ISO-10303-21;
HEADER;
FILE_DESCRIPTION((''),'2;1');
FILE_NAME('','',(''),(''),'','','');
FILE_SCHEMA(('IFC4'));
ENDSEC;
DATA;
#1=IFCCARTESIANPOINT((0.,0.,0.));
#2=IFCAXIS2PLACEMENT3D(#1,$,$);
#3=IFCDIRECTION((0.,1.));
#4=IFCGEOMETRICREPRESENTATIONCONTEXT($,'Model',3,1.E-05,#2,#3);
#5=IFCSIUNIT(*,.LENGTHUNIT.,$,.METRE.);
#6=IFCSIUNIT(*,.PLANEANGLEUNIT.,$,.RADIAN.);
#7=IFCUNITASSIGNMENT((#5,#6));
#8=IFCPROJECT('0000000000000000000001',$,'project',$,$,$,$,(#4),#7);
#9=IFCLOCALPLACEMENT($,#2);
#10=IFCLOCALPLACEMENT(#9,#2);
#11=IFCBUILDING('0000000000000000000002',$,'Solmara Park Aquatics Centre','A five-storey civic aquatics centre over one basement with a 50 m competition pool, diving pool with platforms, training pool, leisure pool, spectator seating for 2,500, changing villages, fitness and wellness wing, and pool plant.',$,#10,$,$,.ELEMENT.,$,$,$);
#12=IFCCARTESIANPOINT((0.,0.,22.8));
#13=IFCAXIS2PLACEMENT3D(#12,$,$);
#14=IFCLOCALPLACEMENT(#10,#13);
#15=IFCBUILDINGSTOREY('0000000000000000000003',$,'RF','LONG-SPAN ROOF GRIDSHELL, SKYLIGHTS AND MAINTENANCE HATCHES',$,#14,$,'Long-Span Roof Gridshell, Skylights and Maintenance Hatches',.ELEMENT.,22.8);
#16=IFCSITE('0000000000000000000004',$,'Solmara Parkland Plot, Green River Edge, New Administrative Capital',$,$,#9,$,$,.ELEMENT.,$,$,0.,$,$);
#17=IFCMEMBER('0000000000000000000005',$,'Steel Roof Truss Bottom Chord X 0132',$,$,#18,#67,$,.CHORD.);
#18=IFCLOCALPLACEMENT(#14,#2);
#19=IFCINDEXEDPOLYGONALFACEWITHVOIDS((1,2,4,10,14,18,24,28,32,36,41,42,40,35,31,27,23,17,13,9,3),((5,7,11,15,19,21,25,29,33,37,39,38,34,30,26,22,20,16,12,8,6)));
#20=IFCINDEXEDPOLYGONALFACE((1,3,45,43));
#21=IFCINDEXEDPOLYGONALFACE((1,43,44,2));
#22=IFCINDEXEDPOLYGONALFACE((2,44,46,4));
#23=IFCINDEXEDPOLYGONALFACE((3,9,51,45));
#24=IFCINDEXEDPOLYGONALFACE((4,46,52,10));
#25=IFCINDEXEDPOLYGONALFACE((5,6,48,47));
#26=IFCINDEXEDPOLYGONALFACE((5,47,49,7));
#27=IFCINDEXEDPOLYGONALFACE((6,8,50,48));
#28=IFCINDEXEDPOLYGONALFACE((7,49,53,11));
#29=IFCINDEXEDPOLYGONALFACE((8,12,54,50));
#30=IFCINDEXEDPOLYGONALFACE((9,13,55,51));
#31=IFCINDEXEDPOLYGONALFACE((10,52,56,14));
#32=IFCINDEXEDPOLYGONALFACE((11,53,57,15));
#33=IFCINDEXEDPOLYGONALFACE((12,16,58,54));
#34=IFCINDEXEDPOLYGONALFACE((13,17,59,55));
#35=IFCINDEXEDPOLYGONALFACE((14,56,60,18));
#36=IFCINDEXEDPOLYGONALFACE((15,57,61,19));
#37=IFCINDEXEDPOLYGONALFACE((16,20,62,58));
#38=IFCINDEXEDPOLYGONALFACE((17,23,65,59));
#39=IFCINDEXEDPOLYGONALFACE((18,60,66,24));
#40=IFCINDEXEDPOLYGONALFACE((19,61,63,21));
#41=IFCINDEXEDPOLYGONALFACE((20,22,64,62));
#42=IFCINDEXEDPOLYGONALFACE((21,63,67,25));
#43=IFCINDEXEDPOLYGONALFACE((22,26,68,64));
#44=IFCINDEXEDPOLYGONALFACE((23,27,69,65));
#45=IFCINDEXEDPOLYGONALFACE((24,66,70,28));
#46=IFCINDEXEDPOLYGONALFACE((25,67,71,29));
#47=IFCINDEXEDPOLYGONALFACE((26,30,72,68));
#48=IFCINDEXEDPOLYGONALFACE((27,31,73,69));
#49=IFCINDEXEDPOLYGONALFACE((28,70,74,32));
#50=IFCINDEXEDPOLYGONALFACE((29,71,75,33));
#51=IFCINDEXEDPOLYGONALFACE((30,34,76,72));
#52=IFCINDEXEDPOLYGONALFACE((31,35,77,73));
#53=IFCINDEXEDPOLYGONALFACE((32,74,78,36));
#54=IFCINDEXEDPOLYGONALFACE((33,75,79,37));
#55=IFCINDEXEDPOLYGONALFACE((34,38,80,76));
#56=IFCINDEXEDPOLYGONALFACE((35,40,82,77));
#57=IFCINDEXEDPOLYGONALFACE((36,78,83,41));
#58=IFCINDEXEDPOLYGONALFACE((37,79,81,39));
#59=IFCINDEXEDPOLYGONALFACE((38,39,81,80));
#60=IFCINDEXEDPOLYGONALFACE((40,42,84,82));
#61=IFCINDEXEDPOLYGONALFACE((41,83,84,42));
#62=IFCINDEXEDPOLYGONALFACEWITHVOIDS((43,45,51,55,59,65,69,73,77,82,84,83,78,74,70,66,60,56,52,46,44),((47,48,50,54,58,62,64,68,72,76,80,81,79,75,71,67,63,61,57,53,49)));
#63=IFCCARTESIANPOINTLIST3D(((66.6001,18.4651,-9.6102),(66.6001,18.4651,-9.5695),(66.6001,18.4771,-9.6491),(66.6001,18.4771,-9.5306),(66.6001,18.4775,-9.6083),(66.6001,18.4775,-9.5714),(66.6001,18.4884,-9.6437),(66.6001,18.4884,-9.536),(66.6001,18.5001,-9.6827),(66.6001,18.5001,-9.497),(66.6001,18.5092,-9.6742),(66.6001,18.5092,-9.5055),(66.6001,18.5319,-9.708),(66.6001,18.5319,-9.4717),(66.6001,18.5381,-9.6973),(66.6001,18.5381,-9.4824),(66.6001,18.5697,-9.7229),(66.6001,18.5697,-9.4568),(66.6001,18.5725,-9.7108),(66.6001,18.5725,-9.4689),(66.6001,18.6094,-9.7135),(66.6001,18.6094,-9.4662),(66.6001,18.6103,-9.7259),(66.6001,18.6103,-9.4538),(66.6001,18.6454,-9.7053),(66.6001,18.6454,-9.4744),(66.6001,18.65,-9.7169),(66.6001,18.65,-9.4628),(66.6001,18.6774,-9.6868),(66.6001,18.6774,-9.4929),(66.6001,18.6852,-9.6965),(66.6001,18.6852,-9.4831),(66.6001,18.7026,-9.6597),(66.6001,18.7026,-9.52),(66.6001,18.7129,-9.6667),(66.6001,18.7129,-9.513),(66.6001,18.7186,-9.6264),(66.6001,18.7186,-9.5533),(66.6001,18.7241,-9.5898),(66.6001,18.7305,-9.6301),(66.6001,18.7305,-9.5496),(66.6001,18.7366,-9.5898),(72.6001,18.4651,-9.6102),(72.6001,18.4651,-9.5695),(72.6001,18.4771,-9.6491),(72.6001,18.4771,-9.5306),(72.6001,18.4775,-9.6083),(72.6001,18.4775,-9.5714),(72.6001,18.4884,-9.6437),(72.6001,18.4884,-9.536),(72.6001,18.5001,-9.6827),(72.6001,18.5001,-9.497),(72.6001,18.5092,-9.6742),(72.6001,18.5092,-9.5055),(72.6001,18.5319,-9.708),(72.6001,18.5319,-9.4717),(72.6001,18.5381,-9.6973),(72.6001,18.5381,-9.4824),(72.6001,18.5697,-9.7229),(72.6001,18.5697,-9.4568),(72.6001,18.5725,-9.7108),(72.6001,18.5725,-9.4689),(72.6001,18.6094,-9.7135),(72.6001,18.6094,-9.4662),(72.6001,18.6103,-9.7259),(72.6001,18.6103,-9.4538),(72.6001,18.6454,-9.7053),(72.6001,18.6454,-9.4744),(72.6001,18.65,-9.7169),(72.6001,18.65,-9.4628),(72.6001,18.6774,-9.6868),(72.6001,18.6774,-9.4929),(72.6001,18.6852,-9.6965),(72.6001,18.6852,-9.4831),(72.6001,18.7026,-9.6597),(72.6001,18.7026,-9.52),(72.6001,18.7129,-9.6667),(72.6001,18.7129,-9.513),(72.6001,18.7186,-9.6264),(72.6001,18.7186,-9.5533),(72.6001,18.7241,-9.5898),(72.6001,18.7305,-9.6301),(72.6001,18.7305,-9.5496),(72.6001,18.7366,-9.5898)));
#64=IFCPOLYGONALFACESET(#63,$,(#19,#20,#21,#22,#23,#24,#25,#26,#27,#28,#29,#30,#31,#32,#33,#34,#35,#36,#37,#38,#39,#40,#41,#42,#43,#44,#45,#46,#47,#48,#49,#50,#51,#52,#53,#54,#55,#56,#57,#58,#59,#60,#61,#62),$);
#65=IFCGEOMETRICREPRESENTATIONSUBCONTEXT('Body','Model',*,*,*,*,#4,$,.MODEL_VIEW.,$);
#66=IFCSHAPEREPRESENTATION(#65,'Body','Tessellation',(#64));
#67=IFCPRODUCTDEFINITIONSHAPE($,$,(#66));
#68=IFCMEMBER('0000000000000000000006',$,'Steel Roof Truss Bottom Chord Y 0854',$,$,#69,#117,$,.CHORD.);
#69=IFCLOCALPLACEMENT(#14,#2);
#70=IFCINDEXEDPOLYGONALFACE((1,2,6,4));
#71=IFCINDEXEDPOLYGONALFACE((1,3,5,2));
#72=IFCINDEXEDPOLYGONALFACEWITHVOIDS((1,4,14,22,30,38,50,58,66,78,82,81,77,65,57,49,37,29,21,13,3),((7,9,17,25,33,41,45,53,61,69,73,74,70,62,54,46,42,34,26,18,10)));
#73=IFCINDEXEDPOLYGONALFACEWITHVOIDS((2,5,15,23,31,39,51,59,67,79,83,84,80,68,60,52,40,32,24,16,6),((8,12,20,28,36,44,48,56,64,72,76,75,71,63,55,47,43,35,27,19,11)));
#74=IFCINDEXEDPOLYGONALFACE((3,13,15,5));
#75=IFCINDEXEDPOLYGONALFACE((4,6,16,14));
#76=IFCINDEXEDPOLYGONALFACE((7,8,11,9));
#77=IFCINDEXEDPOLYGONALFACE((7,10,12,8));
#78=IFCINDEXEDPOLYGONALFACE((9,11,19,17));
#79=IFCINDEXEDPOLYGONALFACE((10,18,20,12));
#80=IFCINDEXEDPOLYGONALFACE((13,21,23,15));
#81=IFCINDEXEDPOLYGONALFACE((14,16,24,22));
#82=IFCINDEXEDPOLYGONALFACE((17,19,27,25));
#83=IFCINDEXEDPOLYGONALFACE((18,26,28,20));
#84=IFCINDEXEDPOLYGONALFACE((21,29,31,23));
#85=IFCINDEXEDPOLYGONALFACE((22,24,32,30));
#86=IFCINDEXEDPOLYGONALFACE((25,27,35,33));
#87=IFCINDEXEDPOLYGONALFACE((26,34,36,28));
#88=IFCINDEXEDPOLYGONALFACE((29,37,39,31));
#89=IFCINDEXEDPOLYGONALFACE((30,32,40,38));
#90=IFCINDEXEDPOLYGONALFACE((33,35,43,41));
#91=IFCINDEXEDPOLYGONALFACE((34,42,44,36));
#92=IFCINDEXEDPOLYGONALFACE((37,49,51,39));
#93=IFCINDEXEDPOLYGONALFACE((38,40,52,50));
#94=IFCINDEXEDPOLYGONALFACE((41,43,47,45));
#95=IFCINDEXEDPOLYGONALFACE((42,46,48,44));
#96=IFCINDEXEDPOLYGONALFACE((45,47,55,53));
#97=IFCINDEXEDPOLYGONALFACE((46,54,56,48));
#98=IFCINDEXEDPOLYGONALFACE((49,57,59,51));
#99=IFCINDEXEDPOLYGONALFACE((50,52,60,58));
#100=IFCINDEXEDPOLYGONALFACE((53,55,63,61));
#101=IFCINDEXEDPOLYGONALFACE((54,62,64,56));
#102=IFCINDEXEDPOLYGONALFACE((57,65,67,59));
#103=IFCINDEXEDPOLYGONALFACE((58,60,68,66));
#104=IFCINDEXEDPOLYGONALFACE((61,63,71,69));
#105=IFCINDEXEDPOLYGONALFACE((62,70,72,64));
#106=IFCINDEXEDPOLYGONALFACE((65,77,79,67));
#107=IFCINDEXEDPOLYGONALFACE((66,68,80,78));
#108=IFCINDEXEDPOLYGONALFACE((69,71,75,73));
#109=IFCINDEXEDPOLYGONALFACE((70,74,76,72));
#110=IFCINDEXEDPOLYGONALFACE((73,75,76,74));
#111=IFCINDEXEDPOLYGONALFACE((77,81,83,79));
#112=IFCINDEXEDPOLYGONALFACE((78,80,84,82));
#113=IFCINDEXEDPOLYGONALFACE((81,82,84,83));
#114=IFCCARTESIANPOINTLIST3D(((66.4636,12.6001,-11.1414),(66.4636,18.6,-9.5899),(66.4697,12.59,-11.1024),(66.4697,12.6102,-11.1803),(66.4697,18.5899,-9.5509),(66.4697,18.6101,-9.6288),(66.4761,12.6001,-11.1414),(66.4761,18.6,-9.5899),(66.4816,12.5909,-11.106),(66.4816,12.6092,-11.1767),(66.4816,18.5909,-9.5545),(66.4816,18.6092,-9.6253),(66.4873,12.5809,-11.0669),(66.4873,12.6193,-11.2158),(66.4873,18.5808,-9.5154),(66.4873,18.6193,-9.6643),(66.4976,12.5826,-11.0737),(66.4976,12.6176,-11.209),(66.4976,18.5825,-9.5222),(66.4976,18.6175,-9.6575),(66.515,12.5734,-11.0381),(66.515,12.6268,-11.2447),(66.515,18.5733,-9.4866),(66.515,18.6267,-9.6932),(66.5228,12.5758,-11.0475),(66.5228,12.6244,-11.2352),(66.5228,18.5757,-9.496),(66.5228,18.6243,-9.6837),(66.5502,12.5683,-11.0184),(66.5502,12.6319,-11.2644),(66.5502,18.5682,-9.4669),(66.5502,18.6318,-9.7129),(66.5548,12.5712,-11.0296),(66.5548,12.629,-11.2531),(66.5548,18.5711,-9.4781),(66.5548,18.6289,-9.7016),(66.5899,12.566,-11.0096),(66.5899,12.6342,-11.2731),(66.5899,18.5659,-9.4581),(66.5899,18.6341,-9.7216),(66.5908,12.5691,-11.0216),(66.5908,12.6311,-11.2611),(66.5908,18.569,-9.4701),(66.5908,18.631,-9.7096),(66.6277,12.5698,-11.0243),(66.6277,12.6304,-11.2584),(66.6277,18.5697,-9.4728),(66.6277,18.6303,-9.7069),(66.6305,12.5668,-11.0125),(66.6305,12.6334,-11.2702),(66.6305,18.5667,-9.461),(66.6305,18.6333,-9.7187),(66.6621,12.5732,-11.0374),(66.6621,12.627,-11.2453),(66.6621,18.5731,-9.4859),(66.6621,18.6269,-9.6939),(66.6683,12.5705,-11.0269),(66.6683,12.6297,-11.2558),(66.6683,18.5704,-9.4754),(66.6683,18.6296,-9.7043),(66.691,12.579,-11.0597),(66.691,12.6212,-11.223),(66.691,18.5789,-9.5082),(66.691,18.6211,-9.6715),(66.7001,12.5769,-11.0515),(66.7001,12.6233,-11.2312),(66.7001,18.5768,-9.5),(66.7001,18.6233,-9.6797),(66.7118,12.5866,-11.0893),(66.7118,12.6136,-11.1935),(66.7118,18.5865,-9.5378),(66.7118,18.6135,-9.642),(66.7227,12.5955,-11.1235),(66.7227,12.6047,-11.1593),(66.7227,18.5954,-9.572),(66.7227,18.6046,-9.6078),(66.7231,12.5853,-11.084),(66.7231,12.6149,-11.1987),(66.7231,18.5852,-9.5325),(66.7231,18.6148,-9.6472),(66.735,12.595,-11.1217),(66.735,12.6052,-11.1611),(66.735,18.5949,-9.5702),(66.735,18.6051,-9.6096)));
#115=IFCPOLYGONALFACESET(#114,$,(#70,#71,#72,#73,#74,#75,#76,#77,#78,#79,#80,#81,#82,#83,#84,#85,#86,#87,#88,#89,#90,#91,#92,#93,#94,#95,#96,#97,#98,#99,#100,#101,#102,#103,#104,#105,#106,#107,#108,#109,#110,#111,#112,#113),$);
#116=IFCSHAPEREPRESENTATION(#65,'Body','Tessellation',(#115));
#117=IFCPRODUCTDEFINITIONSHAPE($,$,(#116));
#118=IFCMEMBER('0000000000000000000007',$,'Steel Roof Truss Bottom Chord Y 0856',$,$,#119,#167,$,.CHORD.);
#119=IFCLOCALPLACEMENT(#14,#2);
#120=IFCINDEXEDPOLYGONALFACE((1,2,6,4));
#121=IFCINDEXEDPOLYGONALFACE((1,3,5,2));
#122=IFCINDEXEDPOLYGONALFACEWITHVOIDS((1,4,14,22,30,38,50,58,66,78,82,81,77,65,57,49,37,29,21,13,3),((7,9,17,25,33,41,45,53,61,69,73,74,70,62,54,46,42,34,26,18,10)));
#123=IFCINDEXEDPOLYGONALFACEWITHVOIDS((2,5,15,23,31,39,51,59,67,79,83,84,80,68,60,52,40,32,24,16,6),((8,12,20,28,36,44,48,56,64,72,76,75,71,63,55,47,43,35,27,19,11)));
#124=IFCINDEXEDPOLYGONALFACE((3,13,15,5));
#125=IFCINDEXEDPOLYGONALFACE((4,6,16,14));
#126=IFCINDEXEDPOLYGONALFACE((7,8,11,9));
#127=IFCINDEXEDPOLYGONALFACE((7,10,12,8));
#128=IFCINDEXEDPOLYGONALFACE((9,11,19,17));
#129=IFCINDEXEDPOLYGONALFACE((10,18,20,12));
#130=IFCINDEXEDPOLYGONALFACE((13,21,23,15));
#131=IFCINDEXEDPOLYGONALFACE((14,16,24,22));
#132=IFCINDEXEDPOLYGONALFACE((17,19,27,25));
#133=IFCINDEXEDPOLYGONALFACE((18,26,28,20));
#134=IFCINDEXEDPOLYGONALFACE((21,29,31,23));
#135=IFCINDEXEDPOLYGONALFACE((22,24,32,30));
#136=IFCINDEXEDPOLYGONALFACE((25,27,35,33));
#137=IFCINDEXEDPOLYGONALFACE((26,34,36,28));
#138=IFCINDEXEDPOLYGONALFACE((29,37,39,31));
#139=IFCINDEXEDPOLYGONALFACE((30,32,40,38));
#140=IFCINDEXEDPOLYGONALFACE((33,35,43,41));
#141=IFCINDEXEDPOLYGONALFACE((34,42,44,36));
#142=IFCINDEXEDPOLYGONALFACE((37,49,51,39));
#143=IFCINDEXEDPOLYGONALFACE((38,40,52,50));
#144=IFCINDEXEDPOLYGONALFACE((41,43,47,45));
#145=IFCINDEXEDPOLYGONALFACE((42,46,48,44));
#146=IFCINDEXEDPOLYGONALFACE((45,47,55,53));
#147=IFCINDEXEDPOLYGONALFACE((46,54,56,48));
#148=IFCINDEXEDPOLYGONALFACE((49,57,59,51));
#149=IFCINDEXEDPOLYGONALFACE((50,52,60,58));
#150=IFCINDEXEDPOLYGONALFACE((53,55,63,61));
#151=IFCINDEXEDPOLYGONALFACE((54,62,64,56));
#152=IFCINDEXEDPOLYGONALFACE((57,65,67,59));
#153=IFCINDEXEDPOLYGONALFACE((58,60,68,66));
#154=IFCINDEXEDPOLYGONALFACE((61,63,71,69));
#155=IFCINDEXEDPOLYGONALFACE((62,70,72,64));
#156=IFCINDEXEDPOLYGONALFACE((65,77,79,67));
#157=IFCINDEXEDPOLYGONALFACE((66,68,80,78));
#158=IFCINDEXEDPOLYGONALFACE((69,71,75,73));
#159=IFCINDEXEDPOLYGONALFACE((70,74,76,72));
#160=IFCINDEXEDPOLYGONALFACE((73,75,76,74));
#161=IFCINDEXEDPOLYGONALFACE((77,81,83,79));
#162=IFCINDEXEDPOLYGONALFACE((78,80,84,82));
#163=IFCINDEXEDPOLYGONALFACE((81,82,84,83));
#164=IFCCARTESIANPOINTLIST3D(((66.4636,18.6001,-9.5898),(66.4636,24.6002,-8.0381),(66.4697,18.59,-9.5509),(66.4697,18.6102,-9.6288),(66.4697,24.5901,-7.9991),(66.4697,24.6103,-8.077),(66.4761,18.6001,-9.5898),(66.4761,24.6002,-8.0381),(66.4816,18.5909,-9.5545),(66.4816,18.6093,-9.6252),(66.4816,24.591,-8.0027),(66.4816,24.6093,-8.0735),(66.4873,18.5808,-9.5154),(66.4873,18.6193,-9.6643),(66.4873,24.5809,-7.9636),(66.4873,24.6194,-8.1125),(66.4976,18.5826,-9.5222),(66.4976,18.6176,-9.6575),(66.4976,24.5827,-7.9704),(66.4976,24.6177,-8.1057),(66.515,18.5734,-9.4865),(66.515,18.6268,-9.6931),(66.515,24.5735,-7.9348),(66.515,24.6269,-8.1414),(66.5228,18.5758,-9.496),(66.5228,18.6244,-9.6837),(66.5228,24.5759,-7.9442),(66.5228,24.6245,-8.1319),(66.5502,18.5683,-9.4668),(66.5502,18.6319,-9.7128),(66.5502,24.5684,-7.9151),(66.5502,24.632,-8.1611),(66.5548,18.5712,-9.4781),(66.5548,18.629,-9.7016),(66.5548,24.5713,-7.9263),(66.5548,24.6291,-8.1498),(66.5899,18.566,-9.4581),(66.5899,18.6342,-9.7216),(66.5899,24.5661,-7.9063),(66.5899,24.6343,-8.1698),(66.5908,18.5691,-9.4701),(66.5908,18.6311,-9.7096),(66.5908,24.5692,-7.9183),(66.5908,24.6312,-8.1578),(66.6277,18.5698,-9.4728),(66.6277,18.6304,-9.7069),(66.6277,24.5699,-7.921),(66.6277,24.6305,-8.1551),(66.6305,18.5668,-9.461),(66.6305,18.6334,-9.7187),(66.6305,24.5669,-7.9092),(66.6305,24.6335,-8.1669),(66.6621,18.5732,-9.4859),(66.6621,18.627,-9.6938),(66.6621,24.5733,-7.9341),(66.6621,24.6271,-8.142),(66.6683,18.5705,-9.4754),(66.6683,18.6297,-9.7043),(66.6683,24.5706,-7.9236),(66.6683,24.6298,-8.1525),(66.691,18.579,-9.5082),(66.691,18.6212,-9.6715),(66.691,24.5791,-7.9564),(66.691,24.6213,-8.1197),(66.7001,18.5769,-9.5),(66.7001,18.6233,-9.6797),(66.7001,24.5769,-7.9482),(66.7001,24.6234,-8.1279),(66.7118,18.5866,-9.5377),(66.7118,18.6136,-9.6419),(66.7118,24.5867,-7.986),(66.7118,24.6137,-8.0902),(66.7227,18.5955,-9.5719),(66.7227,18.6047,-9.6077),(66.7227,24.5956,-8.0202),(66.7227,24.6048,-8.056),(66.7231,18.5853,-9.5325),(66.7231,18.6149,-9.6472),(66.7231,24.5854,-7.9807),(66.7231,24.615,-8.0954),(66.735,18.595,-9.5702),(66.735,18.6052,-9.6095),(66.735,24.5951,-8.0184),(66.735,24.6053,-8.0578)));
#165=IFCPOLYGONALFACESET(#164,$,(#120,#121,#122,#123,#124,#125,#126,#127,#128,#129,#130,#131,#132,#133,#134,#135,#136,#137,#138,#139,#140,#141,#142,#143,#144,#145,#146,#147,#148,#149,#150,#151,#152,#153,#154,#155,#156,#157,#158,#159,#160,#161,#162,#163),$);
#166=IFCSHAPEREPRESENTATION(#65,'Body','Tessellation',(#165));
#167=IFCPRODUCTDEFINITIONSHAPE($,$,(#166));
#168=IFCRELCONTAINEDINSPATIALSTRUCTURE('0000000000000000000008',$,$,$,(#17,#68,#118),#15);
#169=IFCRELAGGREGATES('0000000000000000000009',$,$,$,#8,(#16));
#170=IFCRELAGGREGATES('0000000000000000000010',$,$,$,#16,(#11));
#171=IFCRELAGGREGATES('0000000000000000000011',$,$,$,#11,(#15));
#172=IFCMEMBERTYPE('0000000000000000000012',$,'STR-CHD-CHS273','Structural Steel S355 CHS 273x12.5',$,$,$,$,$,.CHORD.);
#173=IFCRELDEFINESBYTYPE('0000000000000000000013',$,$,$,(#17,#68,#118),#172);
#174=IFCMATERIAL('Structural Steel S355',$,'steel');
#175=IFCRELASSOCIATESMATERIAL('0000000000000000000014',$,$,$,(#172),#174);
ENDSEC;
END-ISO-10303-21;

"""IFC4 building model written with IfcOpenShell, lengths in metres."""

from ifc_helpers import new_model, si_unit, direction, frame, origin, origin_2d, place, context, subcontext, project, spatial, hollow_circle, extrude, material, material_profile, profile_set, type_object, element, save


model = new_model("IFC4")

# Units and contexts
model_context = context("Model", 3, precision=1e-05, world=origin(), true_north=direction((0.0, 1.0)))
body_context = subcontext(model_context, "Body", "Model", "MODEL_VIEW")
ifc_project = project(units=[si_unit("LENGTHUNIT", "METRE"), si_unit("PLANEANGLEUNIT", "RADIAN")], contexts=[model_context])

# Site, building, storey
site_placement = place(None, origin())
site = spatial("IfcSite", under=ifc_project, at=site_placement, Name="Solmara Parkland Plot, Green River Edge, New Administrative Capital", CompositionType="ELEMENT", RefElevation=0.0)
building_placement = place(site_placement, origin())
building = spatial("IfcBuilding", under=site, at=building_placement, Name="Solmara Park Aquatics Centre", Description="A five-storey civic aquatics centre over one basement with a 50 m competition pool, diving pool with platforms, training pool, leisure pool, spectator seating for 2,500, changing villages, fitness and wellness wing, and pool plant.", CompositionType="ELEMENT")
storey_placement = place(building_placement, frame((0.0, 0.0, 22.8)))
storey = spatial("IfcBuildingStorey", under=building, at=storey_placement, Name="RF", Description="LONG-SPAN ROOF GRIDSHELL, SKYLIGHTS AND MAINTENANCE HATCHES", LongName="Long-Span Roof Gridshell, Skylights and Maintenance Hatches", CompositionType="ELEMENT", Elevation=22.8)

# Members
ifc_material_1 = material(Name="Structural Steel S355", Category="steel")
ifc_material_profile_1 = material_profile(ifc_material_1, hollow_circle(Radius=0.1365, WallThickness=0.0125, at=origin_2d()), Name="CHS 273x12.5")
ifc_profile_set_1 = profile_set([ifc_material_profile_1], Name="Structural Steel S355")
member_type_1 = type_object("IfcMemberType", Name="STR-CHD-CHS273", Description="Structural Steel S355 CHS 273x12.5", PredefinedType="CHORD", material=ifc_profile_set_1)
member_1_placement = place(storey_placement, frame((66.6001, 18.6001, -9.5898), z_axis=(1.0, 0.0, 0.0), x_axis=(0.0, 1.0, 0.0)))
element("IfcMember", 1, at=member_1_placement, inside=storey, type_object=member_type_1, Name="Steel Roof Truss Bottom Chord X 0132", PredefinedType="CHORD", context=body_context, shape_type="SweptSolid", body=[
    extrude(hollow_circle(Radius=0.1365, WallThickness=0.0125, at=origin_2d()), origin(), (0.0, 0.0, 1.0), 6.0),
])
member_2_placement = place(storey_placement, frame((66.6001, 12.6001, -11.1414), z_axis=(0.0, 0.968155, 0.250351), x_axis=(-1.0, 0.0, 0.0)))
element("IfcMember", 2, at=member_2_placement, inside=storey, type_object=member_type_1, Name="Steel Roof Truss Bottom Chord Y 0854", PredefinedType="CHORD", context=body_context, shape_type="SweptSolid", body=[
    extrude(hollow_circle(Radius=0.1365, WallThickness=0.0125, at=origin_2d()), origin(), (0.0, 0.0, 1.0), 6.1973),
])
member_3_placement = place(storey_placement, frame((66.6001, 18.6001, -9.5898), z_axis=(0.0, 0.968146, 0.250388), x_axis=(-1.0, 0.0, 0.0)))
element("IfcMember", 3, at=member_3_placement, inside=storey, type_object=member_type_1, Name="Steel Roof Truss Bottom Chord Y 0856", PredefinedType="CHORD", context=body_context, shape_type="SweptSolid", body=[
    extrude(hollow_circle(Radius=0.1365, WallThickness=0.0125, at=origin_2d()), origin(), (0.0, 0.0, 1.0), 6.1975),
])

save(model, "model.ifc")
